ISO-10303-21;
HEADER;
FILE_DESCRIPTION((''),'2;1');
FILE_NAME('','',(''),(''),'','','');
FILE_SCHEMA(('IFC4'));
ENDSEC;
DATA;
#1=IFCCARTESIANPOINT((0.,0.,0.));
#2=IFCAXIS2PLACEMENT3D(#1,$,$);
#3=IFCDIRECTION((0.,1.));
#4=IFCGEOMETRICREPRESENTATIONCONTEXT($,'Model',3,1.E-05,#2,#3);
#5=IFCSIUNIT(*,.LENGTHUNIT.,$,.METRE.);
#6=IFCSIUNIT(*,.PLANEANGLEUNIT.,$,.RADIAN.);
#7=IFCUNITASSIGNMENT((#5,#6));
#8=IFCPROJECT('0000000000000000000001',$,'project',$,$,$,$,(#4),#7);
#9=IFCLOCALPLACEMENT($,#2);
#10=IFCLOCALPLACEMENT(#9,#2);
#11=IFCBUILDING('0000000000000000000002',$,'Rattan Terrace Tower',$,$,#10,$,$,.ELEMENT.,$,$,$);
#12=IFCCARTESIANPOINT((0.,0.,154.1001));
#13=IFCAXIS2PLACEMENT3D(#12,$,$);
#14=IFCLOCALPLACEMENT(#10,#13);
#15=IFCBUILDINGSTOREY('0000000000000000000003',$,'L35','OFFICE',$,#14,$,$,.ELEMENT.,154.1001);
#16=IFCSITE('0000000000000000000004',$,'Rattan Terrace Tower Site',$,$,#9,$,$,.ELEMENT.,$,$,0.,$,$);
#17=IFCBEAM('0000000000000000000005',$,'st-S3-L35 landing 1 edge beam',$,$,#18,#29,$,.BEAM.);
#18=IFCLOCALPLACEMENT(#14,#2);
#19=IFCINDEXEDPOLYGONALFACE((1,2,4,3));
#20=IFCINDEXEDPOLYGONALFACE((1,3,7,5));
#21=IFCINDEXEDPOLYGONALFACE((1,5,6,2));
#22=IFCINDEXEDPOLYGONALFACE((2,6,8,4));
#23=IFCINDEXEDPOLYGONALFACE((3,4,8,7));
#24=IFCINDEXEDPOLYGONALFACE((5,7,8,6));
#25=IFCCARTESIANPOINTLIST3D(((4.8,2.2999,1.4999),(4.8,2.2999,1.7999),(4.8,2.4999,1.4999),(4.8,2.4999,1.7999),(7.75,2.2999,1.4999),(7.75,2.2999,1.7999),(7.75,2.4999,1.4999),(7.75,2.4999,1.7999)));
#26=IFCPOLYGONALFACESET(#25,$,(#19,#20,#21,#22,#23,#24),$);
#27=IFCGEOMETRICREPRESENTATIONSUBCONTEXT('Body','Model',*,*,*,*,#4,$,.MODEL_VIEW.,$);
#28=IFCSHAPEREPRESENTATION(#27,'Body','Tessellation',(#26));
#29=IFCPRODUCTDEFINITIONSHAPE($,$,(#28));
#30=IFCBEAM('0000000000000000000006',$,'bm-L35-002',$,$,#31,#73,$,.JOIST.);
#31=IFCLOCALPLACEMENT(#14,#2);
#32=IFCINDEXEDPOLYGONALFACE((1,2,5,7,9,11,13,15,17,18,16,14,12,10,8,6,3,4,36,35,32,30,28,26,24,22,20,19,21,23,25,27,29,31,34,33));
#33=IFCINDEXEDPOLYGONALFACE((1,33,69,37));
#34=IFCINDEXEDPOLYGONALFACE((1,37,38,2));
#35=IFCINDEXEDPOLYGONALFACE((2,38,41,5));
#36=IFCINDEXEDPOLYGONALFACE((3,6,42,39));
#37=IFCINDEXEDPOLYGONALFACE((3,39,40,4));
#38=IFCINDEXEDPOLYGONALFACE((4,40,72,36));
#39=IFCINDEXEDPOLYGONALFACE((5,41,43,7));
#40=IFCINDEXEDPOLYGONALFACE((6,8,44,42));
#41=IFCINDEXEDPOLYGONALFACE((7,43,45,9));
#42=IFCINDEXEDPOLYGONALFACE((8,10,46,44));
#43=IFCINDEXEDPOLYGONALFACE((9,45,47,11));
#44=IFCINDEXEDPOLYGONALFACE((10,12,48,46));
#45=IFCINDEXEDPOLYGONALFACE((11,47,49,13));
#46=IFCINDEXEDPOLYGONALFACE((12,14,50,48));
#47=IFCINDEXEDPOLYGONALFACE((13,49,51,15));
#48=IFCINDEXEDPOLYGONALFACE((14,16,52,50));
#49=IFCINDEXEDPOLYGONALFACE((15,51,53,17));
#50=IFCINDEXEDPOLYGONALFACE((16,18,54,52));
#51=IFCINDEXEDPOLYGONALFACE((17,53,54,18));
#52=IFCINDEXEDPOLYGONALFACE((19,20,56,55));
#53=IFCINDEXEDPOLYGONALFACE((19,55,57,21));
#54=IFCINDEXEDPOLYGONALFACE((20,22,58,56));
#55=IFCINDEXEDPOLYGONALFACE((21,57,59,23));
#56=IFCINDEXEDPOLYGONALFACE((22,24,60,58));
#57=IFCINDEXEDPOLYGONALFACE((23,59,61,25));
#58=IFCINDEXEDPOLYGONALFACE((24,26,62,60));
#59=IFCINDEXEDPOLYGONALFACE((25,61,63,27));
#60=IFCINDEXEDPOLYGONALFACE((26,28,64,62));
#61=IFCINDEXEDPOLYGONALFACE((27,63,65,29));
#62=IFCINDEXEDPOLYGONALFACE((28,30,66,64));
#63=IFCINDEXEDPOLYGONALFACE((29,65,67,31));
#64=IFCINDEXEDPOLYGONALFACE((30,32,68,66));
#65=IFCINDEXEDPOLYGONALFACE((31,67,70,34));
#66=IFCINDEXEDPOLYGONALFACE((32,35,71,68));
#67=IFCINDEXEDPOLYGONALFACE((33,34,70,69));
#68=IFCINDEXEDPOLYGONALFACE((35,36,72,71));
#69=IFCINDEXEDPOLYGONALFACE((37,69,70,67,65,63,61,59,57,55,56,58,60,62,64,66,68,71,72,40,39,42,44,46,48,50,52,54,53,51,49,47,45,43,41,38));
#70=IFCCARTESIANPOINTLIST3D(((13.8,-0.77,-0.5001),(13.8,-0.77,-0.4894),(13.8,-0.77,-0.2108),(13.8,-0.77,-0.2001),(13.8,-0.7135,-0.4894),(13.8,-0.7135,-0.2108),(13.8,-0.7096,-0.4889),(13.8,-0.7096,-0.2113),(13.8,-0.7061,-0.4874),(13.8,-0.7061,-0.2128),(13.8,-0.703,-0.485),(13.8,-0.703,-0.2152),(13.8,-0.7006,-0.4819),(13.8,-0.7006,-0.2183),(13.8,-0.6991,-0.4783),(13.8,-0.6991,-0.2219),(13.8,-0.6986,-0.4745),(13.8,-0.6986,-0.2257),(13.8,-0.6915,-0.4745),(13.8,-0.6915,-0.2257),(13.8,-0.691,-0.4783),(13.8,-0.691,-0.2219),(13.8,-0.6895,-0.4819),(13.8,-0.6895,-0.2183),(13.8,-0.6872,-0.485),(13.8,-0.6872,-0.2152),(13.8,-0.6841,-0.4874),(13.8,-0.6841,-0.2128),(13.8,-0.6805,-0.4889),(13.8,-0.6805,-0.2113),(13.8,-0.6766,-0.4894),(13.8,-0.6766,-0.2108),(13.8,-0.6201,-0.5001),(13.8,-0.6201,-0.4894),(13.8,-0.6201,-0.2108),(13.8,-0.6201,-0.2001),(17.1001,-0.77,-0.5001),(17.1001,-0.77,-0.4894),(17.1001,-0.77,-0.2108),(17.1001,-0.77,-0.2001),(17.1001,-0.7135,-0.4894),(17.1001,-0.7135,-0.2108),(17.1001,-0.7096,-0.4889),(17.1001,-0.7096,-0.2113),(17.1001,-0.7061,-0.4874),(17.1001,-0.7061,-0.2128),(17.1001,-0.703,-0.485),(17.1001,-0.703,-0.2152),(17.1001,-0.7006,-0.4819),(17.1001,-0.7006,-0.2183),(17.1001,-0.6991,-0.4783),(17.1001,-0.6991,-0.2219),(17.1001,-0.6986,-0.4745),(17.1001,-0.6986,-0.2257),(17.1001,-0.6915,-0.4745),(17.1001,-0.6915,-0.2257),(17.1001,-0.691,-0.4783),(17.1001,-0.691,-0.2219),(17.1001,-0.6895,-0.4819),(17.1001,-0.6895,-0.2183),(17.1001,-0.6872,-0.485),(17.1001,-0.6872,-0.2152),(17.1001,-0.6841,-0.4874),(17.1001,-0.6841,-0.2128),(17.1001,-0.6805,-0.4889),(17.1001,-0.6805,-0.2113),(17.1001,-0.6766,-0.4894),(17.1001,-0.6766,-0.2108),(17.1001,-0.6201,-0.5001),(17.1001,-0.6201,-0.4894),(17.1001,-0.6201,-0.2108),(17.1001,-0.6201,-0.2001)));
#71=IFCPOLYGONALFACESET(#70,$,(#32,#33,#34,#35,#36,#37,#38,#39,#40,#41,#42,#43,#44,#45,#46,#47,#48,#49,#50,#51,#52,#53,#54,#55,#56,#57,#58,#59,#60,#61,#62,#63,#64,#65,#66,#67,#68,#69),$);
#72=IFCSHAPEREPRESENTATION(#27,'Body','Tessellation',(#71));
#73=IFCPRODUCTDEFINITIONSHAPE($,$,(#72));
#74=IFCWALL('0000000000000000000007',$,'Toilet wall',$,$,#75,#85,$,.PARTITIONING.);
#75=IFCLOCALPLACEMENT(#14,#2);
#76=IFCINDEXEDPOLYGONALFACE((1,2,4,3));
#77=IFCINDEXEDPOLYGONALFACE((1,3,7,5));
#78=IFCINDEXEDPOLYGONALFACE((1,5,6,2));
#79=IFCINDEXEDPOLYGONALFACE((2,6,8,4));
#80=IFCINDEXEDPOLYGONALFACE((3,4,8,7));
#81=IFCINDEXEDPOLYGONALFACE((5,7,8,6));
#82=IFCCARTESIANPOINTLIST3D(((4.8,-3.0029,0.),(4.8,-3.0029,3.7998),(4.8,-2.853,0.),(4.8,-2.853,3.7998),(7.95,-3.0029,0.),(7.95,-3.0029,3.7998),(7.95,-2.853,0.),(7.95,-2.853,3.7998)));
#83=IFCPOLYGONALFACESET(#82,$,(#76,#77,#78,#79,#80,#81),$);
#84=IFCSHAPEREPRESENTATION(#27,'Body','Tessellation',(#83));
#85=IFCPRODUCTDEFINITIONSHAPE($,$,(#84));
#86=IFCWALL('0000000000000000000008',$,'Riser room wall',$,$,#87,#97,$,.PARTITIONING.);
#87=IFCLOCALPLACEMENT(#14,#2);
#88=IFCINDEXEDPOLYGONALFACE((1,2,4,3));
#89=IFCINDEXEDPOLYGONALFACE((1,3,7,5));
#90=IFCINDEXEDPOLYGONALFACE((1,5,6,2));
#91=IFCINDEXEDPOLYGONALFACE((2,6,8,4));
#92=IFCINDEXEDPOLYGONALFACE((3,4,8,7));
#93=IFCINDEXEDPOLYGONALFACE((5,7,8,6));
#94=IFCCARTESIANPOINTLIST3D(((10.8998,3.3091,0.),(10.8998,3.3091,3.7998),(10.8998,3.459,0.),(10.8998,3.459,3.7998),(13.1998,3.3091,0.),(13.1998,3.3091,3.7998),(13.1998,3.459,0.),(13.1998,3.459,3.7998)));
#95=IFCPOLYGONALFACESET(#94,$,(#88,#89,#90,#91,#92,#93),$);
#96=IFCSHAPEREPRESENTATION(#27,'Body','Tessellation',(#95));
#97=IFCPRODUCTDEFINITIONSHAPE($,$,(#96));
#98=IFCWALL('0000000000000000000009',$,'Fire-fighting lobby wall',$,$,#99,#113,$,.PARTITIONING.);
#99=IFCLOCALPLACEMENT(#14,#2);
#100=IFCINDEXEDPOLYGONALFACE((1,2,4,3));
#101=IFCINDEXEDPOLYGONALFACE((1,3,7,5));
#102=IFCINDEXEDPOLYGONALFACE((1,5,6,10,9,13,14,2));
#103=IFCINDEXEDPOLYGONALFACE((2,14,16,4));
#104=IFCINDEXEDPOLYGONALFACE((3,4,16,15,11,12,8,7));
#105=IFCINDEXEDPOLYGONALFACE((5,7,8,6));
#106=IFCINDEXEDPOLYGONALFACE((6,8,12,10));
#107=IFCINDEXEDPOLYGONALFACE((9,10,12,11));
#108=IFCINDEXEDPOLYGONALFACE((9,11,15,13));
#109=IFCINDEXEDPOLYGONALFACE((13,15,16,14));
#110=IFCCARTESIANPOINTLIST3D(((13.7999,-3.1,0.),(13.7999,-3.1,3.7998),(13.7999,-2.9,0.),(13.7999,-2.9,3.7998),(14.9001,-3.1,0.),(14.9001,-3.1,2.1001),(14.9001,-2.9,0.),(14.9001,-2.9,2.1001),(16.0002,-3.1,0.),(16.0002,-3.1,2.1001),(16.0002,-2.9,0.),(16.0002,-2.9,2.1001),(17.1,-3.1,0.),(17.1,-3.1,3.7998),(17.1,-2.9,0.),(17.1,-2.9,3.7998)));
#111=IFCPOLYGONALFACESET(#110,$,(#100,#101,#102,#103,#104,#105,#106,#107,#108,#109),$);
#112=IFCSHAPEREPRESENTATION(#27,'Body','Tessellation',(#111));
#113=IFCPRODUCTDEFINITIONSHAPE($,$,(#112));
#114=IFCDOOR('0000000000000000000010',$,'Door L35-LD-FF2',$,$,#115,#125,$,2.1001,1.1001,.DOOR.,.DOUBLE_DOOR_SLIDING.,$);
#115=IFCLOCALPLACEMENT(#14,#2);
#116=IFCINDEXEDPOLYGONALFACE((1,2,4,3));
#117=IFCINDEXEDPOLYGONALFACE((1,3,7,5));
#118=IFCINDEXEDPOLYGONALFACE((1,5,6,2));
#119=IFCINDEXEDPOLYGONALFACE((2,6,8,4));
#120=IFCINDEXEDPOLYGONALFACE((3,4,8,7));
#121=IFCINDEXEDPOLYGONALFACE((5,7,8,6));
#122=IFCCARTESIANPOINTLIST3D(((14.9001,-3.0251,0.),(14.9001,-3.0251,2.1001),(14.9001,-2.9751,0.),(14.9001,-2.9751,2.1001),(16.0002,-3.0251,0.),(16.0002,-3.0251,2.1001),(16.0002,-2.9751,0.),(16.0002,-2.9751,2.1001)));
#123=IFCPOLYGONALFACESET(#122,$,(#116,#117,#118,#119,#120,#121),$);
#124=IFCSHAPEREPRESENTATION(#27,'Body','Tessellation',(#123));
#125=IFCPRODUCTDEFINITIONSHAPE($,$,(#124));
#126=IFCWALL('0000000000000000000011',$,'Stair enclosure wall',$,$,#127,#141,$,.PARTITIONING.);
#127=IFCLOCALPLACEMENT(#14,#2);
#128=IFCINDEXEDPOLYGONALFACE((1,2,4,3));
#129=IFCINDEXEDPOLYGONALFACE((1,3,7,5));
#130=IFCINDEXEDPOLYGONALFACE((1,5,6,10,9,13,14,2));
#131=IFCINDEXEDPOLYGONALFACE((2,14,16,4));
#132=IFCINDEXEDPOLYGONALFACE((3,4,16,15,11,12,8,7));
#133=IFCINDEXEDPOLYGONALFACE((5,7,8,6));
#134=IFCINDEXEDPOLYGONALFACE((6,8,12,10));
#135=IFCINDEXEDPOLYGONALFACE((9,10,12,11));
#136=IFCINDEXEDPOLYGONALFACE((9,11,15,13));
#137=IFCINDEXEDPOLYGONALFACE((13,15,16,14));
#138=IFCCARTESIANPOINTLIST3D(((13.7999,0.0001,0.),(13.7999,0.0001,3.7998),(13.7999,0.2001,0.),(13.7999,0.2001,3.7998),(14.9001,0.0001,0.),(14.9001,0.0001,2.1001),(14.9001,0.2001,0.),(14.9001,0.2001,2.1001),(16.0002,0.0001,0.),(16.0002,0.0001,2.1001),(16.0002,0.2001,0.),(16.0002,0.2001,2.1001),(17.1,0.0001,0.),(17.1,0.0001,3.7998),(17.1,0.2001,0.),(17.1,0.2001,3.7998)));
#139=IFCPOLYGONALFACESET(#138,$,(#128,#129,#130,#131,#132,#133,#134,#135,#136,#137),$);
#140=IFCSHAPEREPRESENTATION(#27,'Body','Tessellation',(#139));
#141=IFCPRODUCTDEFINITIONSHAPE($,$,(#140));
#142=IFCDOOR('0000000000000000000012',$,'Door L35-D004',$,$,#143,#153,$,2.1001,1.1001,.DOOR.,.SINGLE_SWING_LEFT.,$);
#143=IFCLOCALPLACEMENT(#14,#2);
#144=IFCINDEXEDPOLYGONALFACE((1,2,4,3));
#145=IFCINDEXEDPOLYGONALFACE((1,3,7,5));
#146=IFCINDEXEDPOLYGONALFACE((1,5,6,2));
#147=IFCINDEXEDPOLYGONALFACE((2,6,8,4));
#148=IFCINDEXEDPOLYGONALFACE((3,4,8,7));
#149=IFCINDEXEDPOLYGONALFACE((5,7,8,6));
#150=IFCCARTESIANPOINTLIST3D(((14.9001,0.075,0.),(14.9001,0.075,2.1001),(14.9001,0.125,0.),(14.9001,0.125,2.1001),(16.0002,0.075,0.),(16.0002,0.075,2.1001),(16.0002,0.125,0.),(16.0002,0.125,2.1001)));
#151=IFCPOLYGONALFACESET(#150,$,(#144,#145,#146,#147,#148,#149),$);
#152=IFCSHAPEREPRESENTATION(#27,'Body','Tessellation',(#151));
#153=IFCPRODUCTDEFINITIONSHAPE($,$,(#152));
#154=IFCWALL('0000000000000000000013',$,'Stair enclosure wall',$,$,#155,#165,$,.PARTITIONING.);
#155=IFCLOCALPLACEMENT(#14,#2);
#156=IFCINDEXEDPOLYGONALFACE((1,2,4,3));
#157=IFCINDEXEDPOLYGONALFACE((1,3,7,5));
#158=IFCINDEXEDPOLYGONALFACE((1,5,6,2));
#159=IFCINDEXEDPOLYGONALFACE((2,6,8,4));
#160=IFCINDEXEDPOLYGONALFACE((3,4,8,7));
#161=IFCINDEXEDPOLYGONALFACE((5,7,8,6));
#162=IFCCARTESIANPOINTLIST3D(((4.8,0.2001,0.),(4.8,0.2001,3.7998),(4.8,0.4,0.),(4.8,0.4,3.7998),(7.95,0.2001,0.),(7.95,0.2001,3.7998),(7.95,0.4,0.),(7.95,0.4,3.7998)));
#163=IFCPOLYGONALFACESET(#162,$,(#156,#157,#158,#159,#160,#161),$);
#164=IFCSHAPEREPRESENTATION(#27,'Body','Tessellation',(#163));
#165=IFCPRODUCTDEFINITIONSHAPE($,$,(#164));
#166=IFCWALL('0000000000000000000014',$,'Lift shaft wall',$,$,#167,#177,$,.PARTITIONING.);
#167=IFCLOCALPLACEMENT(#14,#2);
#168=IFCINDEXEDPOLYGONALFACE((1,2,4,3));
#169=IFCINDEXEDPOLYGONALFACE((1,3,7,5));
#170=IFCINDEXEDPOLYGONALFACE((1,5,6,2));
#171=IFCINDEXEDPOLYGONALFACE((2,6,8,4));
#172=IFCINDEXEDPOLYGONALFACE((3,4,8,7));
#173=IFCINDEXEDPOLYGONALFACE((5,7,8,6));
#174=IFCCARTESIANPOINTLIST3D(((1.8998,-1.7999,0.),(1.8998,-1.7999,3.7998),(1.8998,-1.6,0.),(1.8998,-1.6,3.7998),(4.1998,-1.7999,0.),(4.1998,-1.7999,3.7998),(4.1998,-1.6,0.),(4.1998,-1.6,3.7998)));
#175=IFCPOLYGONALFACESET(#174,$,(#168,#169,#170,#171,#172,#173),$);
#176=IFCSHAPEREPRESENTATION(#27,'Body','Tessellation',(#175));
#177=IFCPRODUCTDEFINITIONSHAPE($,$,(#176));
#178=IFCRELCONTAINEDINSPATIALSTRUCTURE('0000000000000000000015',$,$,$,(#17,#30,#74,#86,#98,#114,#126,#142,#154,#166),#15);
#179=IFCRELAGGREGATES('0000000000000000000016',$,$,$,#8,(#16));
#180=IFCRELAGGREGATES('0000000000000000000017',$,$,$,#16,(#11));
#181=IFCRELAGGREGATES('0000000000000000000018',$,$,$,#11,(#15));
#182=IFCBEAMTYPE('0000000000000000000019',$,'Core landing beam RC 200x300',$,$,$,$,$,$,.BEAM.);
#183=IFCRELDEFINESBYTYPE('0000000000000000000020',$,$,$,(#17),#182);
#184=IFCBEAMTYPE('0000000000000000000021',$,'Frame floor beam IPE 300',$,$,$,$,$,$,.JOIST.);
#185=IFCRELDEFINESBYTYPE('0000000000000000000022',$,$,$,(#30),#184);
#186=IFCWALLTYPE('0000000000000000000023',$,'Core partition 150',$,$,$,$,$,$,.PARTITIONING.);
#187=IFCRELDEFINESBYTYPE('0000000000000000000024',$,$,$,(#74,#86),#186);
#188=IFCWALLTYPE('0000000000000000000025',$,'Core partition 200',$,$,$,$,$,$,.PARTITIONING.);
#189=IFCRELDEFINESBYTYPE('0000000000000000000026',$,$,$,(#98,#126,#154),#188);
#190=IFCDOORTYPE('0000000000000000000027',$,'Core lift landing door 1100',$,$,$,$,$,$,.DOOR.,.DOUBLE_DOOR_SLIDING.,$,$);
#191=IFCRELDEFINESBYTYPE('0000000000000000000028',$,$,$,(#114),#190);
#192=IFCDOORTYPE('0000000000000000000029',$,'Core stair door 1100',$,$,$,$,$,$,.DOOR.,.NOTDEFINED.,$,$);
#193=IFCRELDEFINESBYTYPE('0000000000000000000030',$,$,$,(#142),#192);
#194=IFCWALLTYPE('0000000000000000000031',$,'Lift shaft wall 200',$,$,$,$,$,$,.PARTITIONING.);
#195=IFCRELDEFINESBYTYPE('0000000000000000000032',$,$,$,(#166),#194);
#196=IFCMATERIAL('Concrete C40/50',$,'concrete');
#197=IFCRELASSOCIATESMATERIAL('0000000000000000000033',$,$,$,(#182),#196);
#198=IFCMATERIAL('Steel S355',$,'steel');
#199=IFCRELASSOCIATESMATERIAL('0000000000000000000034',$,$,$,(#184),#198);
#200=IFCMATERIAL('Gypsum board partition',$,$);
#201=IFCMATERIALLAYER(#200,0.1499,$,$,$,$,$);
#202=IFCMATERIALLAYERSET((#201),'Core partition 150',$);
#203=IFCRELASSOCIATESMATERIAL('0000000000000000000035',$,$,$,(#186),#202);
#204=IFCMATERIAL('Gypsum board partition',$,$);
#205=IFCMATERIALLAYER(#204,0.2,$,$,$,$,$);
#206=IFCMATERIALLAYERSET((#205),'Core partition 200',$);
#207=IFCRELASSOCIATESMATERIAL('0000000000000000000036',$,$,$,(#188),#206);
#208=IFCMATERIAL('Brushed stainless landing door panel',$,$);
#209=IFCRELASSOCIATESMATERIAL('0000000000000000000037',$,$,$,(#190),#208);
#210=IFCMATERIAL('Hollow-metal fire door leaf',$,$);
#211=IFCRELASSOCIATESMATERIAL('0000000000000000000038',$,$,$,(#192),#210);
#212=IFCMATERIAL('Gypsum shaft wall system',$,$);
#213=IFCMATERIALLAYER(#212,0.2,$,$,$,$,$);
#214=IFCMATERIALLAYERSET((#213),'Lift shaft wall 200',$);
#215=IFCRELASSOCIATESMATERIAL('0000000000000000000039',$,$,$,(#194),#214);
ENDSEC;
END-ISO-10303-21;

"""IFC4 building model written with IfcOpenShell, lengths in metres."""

from ifc_helpers import new_model, si_unit, direction, frame, frame_2d, origin, origin_2d, place, context, subcontext, project, spatial, rectangle, i_section, extrude, material, layer, layer_set, material_profile, profile_set, type_object, element, fill, save


model = new_model("IFC4")

# Units and contexts
model_context = context("Model", 3, precision=1e-05, world=origin(), true_north=direction((0.0, 1.0)))
body_context = subcontext(model_context, "Body", "Model", "MODEL_VIEW")
ifc_project = project(units=[si_unit("LENGTHUNIT", "METRE"), si_unit("PLANEANGLEUNIT", "RADIAN")], contexts=[model_context])

# Site, building, storey
site_placement = place(None, origin())
site = spatial("IfcSite", under=ifc_project, at=site_placement, Name="Rattan Terrace Tower Site", CompositionType="ELEMENT", RefElevation=0.0)
building_placement = place(site_placement, origin())
building = spatial("IfcBuilding", under=site, at=building_placement, Name="Rattan Terrace Tower", CompositionType="ELEMENT")
storey_placement = place(building_placement, frame((0.0, 0.0, 154.1001)))
storey = spatial("IfcBuildingStorey", under=building, at=storey_placement, Name="L35", Description="OFFICE", CompositionType="ELEMENT", Elevation=154.1001)

# Beams
ifc_material_1 = material(Name="Concrete C40/50", Category="concrete")
ifc_material_profile_1 = material_profile(ifc_material_1, rectangle(XDim=0.2, YDim=0.3, at=origin_2d()), Name="RC 200x300")
ifc_profile_set_1 = profile_set([ifc_material_profile_1], Name="Concrete C40/50")
beam_type_1 = type_object("IfcBeamType", Name="Core landing beam RC 200x300", PredefinedType="BEAM", material=ifc_profile_set_1)
beam_1_placement = place(storey_placement, frame((4.8, 2.3999, 1.6499), z_axis=(1.0, 0.0, 0.0), x_axis=(0.0, 1.0, 0.0)))
element("IfcBeam", 1, at=beam_1_placement, inside=storey, type_object=beam_type_1, Name="st-S3-L35 landing 1 edge beam", PredefinedType="BEAM", context=body_context, shape_type="SweptSolid", body=[
    extrude(rectangle(XDim=0.2, YDim=0.3, at=origin_2d()), origin(), (0.0, 0.0, 1.0), 2.95),
])
ifc_material_2 = material(Name="Steel S355", Category="steel")
ifc_material_profile_2 = material_profile(ifc_material_2, i_section(OverallWidth=0.1499, OverallDepth=0.3, WebThickness=0.0071, FlangeThickness=0.0107, FilletRadius=0.0149, at=origin_2d()), Name="IPE 300")
ifc_profile_set_2 = profile_set([ifc_material_profile_2], Name="Steel S355")
beam_type_2 = type_object("IfcBeamType", Name="Frame floor beam IPE 300", PredefinedType="JOIST", material=ifc_profile_set_2)
beam_2_placement = place(storey_placement, frame((13.8, -0.6951, -0.3501), z_axis=(1.0, 0.0, 0.0), x_axis=(0.0, 1.0, 0.0)))
element("IfcBeam", 2, at=beam_2_placement, inside=storey, type_object=beam_type_2, Name="bm-L35-002", PredefinedType="JOIST", context=body_context, shape_type="SweptSolid", body=[
    extrude(i_section(OverallWidth=0.1499, OverallDepth=0.3, WebThickness=0.0071, FlangeThickness=0.0107, FilletRadius=0.0149, at=origin_2d()), origin(), (0.0, 0.0, 1.0), 3.3),
])

# Walls
ifc_material_3 = material(Name="Gypsum board partition")
ifc_layer_1 = layer(ifc_material_3, 0.1499)
ifc_layer_set_1 = layer_set([ifc_layer_1], Name="Core partition 150")
wall_type_1 = type_object("IfcWallType", Name="Core partition 150", PredefinedType="PARTITIONING", material=ifc_layer_set_1)
wall_1_placement = place(storey_placement, frame((4.8, -2.928, 0.0), z_axis=(0.0, 0.0, 1.0), x_axis=(1.0, 0.0, 0.0)))
element("IfcWall", 3, at=wall_1_placement, inside=storey, type_object=wall_type_1, Name="Toilet wall", PredefinedType="PARTITIONING", context=body_context, shape_type="SweptSolid", body=[
    extrude(rectangle(XDim=3.1499, YDim=0.1499, at=frame_2d((1.575, 0.0))), origin(), (0.0, 0.0, 1.0), 3.7998),
])
wall_2_placement = place(storey_placement, frame((10.8999, 3.384, 0.0), z_axis=(0.0, 0.0, 1.0), x_axis=(1.0, 0.0, 0.0)))
element("IfcWall", 4, at=wall_2_placement, inside=storey, type_object=wall_type_1, Name="Riser room wall", PredefinedType="PARTITIONING", context=body_context, shape_type="SweptSolid", body=[
    extrude(rectangle(XDim=2.3, YDim=0.1499, at=frame_2d((1.1499, 0.0))), origin(), (0.0, 0.0, 1.0), 3.7998),
])

# Walls, openings, doors
ifc_material_4 = material(Name="Gypsum board partition")
ifc_layer_2 = layer(ifc_material_4, 0.2)
ifc_layer_set_2 = layer_set([ifc_layer_2], Name="Core partition 200")
wall_type_2 = type_object("IfcWallType", Name="Core partition 200", PredefinedType="PARTITIONING", material=ifc_layer_set_2)
wall_3_placement = place(storey_placement, frame((13.8, -3.0, 0.0), z_axis=(0.0, 0.0, 1.0), x_axis=(1.0, 0.0, 0.0)))
wall_3 = element("IfcWall", 5, at=wall_3_placement, inside=storey, type_object=wall_type_2, Name="Fire-fighting lobby wall", PredefinedType="PARTITIONING", context=body_context, shape_type="SweptSolid", body=[
    extrude(rectangle(XDim=3.3, YDim=0.2, at=frame_2d((1.6499, 0.0))), origin(), (0.0, 0.0, 1.0), 3.7998),
])
opening_1_placement = place(wall_3_placement, frame((1.1001, 0.0, 0.0)))
opening_1 = element("IfcOpeningElement", 6, at=opening_1_placement, cuts=wall_3, PredefinedType="OPENING", context=body_context, shape_type="SweptSolid", body=[
    extrude(rectangle(XDim=1.1001, YDim=2.1001, at=frame_2d((0.55, 1.05))), frame((0.0, 0.1106, 0.0), z_axis=(0.0, -1.0, 0.0), x_axis=(1.0, 0.0, 0.0)), (0.0, 0.0, 1.0), 0.2209),
])
ifc_material_5 = material(Name="Brushed stainless landing door panel")
door_type_1 = type_object("IfcDoorType", Name="Core lift landing door 1100", OperationType="DOUBLE_DOOR_SLIDING", PredefinedType="DOOR", material=ifc_material_5)
door_1_placement = place(opening_1_placement, origin())
door_1 = element("IfcDoor", 7, at=door_1_placement, inside=storey, type_object=door_type_1, Name="Door L35-LD-FF2", OperationType="DOUBLE_DOOR_SLIDING", OverallHeight=2.1001, OverallWidth=1.1001, PredefinedType="DOOR", context=body_context, shape_type="SweptSolid", body=[
    extrude(rectangle(XDim=1.1001, YDim=2.1001, at=frame_2d((0.55, 1.05))), frame((0.0, 0.0249, 0.0), z_axis=(0.0, -1.0, 0.0), x_axis=(1.0, 0.0, 0.0)), (0.0, 0.0, 1.0), 0.05),
])
fill(opening_1, door_1)
wall_4_placement = place(storey_placement, frame((13.8, 0.1001, 0.0), z_axis=(0.0, 0.0, 1.0), x_axis=(1.0, 0.0, 0.0)))
wall_4 = element("IfcWall", 8, at=wall_4_placement, inside=storey, type_object=wall_type_2, Name="Stair enclosure wall", PredefinedType="PARTITIONING", context=body_context, shape_type="SweptSolid", body=[
    extrude(rectangle(XDim=3.3, YDim=0.2, at=frame_2d((1.6499, 0.0))), origin(), (0.0, 0.0, 1.0), 3.7998),
])
opening_2_placement = place(wall_4_placement, frame((1.1001, 0.0, 0.0)))
opening_2 = element("IfcOpeningElement", 9, at=opening_2_placement, cuts=wall_4, PredefinedType="OPENING", context=body_context, shape_type="SweptSolid", body=[
    extrude(rectangle(XDim=1.1001, YDim=2.1001, at=frame_2d((0.55, 1.05))), frame((0.0, 0.1106, 0.0), z_axis=(0.0, -1.0, 0.0), x_axis=(1.0, 0.0, 0.0)), (0.0, 0.0, 1.0), 0.2209),
])
ifc_material_6 = material(Name="Hollow-metal fire door leaf")
door_type_2 = type_object("IfcDoorType", Name="Core stair door 1100", OperationType="NOTDEFINED", PredefinedType="DOOR", material=ifc_material_6)
door_2_placement = place(opening_2_placement, origin())
door_2 = element("IfcDoor", 10, at=door_2_placement, inside=storey, type_object=door_type_2, Name="Door L35-D004", OperationType="SINGLE_SWING_LEFT", OverallHeight=2.1001, OverallWidth=1.1001, PredefinedType="DOOR", context=body_context, shape_type="SweptSolid", body=[
    extrude(rectangle(XDim=1.1001, YDim=2.1001, at=frame_2d((0.55, 1.05))), frame((0.0, 0.0249, 0.0), z_axis=(0.0, -1.0, 0.0), x_axis=(1.0, 0.0, 0.0)), (0.0, 0.0, 1.0), 0.05),
])
fill(opening_2, door_2)

# Walls
wall_5_placement = place(storey_placement, frame((4.8, 0.3, 0.0), z_axis=(0.0, 0.0, 1.0), x_axis=(1.0, 0.0, 0.0)))
element("IfcWall", 11, at=wall_5_placement, inside=storey, type_object=wall_type_2, Name="Stair enclosure wall", PredefinedType="PARTITIONING", context=body_context, shape_type="SweptSolid", body=[
    extrude(rectangle(XDim=3.1499, YDim=0.2, at=frame_2d((1.575, 0.0))), origin(), (0.0, 0.0, 1.0), 3.7998),
])
ifc_material_7 = material(Name="Gypsum shaft wall system")
ifc_layer_3 = layer(ifc_material_7, 0.2)
ifc_layer_set_3 = layer_set([ifc_layer_3], Name="Lift shaft wall 200")
wall_type_3 = type_object("IfcWallType", Name="Lift shaft wall 200", PredefinedType="PARTITIONING", material=ifc_layer_set_3)
for number, where, z_axis, x_axis, name in (
    (12, (1.8999, -1.7, 0.0), (0.0, 0.0, 1.0), (1.0, 0.0, 0.0), "Lift shaft wall"),
):
    element("IfcWall", number, at=place(storey_placement, frame(where, z_axis=z_axis, x_axis=x_axis)), inside=storey, type_object=wall_type_3, Name=name, PredefinedType="PARTITIONING", context=body_context, shape_type="SweptSolid", body=[
        extrude(rectangle(XDim=2.3, YDim=0.2, at=frame_2d((1.1499, 0.0))), origin(), (0.0, 0.0, 1.0), 3.7998),
    ])

save(model, "model.ifc")
